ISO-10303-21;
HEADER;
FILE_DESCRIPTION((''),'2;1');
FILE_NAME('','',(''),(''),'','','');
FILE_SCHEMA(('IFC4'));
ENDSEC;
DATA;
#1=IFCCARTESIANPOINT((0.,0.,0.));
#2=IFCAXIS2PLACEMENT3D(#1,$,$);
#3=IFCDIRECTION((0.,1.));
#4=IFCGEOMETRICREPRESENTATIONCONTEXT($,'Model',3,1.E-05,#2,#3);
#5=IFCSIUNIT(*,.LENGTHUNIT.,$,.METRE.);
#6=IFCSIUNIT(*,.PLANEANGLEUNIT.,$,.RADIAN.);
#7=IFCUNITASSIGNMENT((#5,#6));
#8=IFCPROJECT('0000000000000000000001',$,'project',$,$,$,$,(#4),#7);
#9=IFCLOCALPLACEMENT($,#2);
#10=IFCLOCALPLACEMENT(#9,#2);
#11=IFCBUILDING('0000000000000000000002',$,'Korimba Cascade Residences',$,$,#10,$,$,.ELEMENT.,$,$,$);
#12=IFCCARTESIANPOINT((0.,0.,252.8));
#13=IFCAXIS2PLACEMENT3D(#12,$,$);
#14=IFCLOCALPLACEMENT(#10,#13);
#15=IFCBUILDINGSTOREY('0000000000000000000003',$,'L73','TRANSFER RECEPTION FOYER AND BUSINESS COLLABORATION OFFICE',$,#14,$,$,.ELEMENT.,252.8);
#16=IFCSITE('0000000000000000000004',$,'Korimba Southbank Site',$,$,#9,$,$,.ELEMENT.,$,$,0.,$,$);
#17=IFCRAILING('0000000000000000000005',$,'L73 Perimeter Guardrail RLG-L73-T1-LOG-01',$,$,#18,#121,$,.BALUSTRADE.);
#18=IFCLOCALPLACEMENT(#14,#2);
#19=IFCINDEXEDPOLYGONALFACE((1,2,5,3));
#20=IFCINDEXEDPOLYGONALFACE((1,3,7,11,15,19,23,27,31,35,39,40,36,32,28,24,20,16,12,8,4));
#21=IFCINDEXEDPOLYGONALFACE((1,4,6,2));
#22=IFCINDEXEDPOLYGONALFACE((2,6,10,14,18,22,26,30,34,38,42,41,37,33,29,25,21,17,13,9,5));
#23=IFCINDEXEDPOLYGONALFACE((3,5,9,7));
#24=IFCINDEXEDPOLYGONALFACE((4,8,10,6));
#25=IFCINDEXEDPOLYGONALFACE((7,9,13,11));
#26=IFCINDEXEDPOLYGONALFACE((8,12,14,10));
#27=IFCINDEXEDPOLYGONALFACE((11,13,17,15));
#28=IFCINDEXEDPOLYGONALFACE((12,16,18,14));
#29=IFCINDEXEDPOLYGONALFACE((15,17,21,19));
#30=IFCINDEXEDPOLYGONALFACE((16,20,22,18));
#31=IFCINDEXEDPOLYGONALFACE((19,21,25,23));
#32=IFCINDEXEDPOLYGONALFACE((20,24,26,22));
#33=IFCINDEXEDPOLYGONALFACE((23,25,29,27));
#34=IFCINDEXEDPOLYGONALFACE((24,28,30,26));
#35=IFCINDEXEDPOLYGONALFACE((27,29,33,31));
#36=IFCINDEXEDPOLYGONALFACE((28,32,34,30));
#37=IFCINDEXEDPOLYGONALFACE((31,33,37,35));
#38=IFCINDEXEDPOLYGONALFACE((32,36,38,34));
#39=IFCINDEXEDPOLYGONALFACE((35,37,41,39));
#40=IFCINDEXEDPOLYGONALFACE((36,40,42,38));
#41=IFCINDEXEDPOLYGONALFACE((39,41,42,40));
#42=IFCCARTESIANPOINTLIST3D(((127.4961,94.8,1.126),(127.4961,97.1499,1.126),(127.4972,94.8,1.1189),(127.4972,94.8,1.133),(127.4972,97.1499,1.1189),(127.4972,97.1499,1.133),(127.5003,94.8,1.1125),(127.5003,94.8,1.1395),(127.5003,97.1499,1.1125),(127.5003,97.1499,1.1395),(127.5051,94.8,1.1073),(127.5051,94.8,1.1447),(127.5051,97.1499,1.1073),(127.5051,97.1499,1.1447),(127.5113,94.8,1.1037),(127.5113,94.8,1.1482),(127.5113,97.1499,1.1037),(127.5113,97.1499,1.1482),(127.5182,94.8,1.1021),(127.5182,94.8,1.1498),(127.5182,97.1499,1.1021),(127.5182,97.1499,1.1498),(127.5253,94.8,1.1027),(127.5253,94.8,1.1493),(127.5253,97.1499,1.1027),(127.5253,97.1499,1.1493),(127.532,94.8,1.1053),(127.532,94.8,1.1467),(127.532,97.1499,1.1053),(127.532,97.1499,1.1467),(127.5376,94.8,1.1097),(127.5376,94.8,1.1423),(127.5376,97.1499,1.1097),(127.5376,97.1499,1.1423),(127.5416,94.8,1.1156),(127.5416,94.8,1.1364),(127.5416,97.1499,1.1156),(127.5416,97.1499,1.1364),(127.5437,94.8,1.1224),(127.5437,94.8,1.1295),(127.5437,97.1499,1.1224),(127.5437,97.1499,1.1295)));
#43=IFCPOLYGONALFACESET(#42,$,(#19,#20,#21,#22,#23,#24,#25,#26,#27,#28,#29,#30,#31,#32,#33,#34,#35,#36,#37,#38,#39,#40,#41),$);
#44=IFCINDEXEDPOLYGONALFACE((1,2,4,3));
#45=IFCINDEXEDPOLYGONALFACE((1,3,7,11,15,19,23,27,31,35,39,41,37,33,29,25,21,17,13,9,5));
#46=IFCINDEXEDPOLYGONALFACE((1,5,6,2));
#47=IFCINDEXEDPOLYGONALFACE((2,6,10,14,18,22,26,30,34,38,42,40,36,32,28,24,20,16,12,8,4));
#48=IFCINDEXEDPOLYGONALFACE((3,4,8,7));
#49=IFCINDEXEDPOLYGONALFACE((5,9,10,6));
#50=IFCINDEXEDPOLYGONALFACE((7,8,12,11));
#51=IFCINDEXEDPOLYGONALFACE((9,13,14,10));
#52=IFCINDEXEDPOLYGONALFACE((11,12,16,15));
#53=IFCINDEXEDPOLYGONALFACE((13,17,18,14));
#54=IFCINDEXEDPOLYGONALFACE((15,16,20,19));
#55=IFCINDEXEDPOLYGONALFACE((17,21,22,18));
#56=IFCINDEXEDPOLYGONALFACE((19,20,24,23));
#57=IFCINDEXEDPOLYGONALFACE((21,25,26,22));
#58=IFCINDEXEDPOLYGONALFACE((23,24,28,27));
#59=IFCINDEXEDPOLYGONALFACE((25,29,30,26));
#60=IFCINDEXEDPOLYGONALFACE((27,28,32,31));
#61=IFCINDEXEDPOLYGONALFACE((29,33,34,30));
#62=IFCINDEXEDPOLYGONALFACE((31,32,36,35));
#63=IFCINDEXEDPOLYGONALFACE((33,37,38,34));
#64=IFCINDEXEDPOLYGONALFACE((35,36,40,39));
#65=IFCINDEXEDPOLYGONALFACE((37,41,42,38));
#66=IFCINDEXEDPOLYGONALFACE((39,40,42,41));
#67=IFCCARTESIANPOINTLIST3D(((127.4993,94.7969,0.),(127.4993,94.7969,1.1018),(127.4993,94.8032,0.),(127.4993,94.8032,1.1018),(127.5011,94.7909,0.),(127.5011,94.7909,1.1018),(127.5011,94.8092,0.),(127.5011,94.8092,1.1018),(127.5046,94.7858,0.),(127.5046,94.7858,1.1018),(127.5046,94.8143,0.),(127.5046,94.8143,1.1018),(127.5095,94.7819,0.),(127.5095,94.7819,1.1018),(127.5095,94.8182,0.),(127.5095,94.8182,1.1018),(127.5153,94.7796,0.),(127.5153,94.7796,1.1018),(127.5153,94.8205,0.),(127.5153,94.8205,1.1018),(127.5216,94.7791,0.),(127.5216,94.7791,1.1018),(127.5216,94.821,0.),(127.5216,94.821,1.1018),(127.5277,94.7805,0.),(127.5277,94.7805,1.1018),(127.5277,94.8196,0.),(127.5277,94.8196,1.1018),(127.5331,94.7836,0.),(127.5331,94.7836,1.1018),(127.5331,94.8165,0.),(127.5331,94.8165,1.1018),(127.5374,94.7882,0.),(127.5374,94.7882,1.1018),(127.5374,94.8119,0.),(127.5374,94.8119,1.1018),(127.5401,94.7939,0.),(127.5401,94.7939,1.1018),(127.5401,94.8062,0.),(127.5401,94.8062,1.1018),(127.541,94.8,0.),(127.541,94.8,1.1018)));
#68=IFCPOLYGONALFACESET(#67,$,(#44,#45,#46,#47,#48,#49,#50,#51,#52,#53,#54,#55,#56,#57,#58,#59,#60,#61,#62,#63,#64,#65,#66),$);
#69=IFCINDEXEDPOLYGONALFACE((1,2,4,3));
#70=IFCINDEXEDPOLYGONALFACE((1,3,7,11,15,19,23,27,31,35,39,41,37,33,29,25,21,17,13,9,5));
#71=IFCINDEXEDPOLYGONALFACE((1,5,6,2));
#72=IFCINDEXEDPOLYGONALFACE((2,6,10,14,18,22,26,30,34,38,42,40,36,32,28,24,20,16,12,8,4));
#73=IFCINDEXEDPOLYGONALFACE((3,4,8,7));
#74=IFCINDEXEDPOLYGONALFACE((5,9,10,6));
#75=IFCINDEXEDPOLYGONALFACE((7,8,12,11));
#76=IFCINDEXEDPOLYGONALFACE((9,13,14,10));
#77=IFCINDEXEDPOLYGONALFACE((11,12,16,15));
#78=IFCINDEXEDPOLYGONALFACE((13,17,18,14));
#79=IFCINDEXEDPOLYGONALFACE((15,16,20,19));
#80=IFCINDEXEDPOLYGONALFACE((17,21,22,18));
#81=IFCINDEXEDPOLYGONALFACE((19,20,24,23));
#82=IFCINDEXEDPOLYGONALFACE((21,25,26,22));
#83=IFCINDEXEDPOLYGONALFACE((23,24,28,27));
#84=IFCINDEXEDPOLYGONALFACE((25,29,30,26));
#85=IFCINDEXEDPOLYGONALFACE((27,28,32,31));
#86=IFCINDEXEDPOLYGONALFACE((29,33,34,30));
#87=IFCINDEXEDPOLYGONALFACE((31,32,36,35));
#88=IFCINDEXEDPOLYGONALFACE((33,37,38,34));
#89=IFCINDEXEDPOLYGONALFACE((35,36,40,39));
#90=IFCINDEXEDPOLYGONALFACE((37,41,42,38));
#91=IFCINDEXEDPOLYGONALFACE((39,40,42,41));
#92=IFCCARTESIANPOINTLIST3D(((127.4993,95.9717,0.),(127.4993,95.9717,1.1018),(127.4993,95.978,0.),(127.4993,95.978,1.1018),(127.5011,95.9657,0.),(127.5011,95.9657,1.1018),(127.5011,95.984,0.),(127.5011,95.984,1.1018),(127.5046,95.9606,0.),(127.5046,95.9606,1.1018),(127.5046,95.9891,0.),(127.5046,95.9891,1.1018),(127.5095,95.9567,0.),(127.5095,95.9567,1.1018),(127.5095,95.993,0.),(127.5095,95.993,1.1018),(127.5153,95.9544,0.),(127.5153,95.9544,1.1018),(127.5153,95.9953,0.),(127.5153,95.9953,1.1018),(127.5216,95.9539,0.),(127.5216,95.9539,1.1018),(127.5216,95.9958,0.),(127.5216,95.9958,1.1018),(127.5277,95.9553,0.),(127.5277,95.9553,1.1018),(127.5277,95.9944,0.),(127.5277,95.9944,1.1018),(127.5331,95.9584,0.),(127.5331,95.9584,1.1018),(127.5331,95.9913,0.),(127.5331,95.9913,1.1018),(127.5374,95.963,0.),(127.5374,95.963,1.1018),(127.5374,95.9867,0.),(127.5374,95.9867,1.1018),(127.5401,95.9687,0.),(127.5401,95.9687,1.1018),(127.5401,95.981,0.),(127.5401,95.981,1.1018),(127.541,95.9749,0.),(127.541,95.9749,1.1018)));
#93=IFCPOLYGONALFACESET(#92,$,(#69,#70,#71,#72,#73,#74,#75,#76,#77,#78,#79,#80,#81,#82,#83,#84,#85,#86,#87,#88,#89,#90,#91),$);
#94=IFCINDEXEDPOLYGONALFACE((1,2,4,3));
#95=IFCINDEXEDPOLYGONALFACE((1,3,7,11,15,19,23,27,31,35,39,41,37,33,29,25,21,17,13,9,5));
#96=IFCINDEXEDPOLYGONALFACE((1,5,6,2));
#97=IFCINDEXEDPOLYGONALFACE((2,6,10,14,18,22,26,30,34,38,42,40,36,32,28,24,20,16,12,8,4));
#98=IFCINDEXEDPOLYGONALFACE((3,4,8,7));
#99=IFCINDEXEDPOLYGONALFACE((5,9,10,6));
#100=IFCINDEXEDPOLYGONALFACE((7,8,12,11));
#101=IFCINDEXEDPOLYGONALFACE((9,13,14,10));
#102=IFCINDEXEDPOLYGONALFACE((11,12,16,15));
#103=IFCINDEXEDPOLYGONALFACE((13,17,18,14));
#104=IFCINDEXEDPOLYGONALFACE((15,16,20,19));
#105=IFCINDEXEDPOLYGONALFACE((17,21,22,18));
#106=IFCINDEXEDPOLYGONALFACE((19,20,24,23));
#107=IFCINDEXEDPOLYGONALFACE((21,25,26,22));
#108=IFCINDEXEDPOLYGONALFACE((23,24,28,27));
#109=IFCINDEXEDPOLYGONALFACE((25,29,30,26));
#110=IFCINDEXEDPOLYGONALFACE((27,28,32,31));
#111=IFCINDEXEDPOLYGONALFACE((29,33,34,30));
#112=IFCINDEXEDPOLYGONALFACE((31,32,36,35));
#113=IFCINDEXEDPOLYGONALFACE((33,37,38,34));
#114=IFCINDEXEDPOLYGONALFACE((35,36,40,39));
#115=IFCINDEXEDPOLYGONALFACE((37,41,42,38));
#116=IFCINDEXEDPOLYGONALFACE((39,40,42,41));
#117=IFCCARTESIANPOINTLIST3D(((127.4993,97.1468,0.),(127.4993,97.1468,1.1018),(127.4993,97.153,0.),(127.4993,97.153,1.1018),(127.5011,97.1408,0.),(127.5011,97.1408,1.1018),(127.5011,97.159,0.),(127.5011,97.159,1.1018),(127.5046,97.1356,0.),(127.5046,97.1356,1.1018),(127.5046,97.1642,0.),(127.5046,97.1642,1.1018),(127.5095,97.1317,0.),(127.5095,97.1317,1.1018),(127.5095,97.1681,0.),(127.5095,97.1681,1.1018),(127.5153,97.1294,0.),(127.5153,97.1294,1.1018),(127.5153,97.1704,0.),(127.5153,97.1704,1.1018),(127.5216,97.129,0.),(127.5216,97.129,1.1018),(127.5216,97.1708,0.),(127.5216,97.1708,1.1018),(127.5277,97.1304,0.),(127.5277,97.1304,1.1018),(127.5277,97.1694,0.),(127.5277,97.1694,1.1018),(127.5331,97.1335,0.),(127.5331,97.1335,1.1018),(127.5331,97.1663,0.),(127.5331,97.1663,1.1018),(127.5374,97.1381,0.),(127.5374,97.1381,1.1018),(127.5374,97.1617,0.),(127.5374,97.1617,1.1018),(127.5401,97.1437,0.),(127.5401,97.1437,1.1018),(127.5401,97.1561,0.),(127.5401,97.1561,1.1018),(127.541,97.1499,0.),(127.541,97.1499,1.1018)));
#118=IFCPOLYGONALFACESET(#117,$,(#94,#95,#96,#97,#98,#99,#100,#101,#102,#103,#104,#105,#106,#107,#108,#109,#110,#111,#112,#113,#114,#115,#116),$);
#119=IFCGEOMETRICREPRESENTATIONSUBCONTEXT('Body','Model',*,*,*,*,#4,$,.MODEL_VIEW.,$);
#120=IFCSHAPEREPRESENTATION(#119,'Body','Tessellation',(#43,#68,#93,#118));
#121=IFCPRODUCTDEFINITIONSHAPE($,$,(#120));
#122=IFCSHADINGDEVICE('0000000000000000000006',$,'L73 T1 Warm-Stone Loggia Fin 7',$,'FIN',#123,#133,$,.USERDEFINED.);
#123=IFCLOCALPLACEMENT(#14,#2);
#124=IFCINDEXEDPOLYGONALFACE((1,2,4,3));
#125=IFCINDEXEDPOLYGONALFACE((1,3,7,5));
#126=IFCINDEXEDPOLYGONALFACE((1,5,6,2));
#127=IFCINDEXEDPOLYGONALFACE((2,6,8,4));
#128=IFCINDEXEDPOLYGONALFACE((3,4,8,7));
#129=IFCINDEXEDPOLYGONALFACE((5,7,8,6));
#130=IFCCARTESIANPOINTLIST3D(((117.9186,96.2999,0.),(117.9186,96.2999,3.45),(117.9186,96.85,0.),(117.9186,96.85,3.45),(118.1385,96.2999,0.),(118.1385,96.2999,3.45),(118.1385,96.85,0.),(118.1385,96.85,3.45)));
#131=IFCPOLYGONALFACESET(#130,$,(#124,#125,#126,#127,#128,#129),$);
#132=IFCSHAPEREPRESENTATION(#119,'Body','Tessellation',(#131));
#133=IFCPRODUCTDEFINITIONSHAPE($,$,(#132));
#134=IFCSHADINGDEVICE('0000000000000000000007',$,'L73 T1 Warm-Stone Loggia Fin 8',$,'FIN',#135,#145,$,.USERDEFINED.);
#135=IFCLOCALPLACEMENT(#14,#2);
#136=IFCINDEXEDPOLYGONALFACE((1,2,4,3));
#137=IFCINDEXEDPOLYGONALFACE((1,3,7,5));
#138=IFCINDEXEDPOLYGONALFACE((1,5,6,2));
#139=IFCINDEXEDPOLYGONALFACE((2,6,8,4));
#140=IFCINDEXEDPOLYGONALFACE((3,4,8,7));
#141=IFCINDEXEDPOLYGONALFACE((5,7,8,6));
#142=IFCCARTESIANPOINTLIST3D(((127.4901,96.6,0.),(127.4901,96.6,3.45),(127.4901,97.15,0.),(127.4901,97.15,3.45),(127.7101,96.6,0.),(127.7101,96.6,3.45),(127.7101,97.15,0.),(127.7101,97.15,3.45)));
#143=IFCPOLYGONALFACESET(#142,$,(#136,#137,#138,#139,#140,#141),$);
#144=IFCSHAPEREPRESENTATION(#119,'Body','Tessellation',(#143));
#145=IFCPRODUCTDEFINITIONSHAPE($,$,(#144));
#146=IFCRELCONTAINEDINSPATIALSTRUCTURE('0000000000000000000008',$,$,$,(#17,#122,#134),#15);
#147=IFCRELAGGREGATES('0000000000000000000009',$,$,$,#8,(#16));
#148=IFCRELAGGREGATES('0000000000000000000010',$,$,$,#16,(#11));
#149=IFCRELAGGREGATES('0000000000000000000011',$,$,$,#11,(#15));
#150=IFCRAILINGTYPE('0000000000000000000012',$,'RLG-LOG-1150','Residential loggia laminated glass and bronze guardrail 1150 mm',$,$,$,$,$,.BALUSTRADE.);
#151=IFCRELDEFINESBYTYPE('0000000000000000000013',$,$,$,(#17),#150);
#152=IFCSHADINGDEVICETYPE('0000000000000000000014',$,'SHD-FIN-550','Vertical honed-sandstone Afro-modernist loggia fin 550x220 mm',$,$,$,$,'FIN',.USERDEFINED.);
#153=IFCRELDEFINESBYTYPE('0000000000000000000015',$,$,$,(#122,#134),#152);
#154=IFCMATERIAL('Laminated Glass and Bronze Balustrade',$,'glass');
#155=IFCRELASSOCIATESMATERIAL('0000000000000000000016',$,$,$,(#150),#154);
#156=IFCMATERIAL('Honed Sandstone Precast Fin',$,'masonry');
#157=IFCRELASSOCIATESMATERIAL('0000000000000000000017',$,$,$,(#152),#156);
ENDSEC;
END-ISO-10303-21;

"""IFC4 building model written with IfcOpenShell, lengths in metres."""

from ifc_helpers import new_model, si_unit, direction, frame, origin, origin_2d, place, context, subcontext, project, spatial, rectangle, circle, extrude, material, type_object, element, save


model = new_model("IFC4")

# Units and contexts
model_context = context("Model", 3, precision=1e-05, world=origin(), true_north=direction((0.0, 1.0)))
body_context = subcontext(model_context, "Body", "Model", "MODEL_VIEW")
ifc_project = project(units=[si_unit("LENGTHUNIT", "METRE"), si_unit("PLANEANGLEUNIT", "RADIAN")], contexts=[model_context])

# Site, building, storey
site_placement = place(None, origin())
site = spatial("IfcSite", under=ifc_project, at=site_placement, Name="Korimba Southbank Site", CompositionType="ELEMENT", RefElevation=0.0)
building_placement = place(site_placement, origin())
building = spatial("IfcBuilding", under=site, at=building_placement, Name="Korimba Cascade Residences", CompositionType="ELEMENT")
storey_placement = place(building_placement, frame((0.0, 0.0, 252.8)))
storey = spatial("IfcBuildingStorey", under=building, at=storey_placement, Name="L73", Description="TRANSFER RECEPTION FOYER AND BUSINESS COLLABORATION OFFICE", CompositionType="ELEMENT", Elevation=252.8)

# Railing
ifc_material_1 = material(Name="Laminated Glass and Bronze Balustrade", Category="glass")
railing_type = type_object("IfcRailingType", Name="RLG-LOG-1150", Description="Residential loggia laminated glass and bronze guardrail 1150 mm", PredefinedType="BALUSTRADE", material=ifc_material_1)
railing_placement = place(storey_placement, frame((127.52, 94.8, 0.0)))
element("IfcRailing", 1, at=railing_placement, inside=storey, type_object=railing_type, Name="L73 Perimeter Guardrail RLG-L73-T1-LOG-01", PredefinedType="BALUSTRADE", context=body_context, shape_type="SweptSolid", body=[
    extrude(circle(Radius=0.0239, at=origin_2d()), frame((0.0, 0.0, 1.126), z_axis=(0.0, 1.0, 0.0), x_axis=(-1.0, 0.0, 0.0)), (0.0, 0.0, 1.0), 2.3499),
    extrude(circle(Radius=0.021, at=origin_2d()), origin(), (0.0, 0.0, 1.0), 1.1018),
    extrude(circle(Radius=0.021, at=origin_2d()), frame((0.0, 1.1748, 0.0)), (0.0, 0.0, 1.0), 1.1018),
    extrude(circle(Radius=0.021, at=origin_2d()), frame((0.0, 2.3499, 0.0)), (0.0, 0.0, 1.0), 1.1018),
])

# Shading devices
ifc_material_2 = material(Name="Honed Sandstone Precast Fin", Category="masonry")
shading_device_type = type_object("IfcShadingDeviceType", Name="SHD-FIN-550", Description="Vertical honed-sandstone Afro-modernist loggia fin 550x220 mm", ElementType="FIN", PredefinedType="USERDEFINED", material=ifc_material_2)
for number, where, z_axis, x_axis, name in (
    (2, (118.0286, 96.575, 0.0), (0.0, 0.0, 1.0), (1.0, 0.0, 0.0), "L73 T1 Warm-Stone Loggia Fin 7"),
    (3, (127.6001, 96.875, 0.0), (0.0, 0.0, 1.0), (1.0, 0.0, 0.0), "L73 T1 Warm-Stone Loggia Fin 8"),
):
    element("IfcShadingDevice", number, at=place(storey_placement, frame(where, z_axis=z_axis, x_axis=x_axis)), inside=storey, type_object=shading_device_type, Name=name, ObjectType="FIN", PredefinedType="USERDEFINED", context=body_context, shape_type="SweptSolid", body=[
        extrude(rectangle(XDim=0.22, YDim=0.55, at=origin_2d()), origin(), (0.0, 0.0, 1.0), 3.45),
    ])

save(model, "model.ifc")
